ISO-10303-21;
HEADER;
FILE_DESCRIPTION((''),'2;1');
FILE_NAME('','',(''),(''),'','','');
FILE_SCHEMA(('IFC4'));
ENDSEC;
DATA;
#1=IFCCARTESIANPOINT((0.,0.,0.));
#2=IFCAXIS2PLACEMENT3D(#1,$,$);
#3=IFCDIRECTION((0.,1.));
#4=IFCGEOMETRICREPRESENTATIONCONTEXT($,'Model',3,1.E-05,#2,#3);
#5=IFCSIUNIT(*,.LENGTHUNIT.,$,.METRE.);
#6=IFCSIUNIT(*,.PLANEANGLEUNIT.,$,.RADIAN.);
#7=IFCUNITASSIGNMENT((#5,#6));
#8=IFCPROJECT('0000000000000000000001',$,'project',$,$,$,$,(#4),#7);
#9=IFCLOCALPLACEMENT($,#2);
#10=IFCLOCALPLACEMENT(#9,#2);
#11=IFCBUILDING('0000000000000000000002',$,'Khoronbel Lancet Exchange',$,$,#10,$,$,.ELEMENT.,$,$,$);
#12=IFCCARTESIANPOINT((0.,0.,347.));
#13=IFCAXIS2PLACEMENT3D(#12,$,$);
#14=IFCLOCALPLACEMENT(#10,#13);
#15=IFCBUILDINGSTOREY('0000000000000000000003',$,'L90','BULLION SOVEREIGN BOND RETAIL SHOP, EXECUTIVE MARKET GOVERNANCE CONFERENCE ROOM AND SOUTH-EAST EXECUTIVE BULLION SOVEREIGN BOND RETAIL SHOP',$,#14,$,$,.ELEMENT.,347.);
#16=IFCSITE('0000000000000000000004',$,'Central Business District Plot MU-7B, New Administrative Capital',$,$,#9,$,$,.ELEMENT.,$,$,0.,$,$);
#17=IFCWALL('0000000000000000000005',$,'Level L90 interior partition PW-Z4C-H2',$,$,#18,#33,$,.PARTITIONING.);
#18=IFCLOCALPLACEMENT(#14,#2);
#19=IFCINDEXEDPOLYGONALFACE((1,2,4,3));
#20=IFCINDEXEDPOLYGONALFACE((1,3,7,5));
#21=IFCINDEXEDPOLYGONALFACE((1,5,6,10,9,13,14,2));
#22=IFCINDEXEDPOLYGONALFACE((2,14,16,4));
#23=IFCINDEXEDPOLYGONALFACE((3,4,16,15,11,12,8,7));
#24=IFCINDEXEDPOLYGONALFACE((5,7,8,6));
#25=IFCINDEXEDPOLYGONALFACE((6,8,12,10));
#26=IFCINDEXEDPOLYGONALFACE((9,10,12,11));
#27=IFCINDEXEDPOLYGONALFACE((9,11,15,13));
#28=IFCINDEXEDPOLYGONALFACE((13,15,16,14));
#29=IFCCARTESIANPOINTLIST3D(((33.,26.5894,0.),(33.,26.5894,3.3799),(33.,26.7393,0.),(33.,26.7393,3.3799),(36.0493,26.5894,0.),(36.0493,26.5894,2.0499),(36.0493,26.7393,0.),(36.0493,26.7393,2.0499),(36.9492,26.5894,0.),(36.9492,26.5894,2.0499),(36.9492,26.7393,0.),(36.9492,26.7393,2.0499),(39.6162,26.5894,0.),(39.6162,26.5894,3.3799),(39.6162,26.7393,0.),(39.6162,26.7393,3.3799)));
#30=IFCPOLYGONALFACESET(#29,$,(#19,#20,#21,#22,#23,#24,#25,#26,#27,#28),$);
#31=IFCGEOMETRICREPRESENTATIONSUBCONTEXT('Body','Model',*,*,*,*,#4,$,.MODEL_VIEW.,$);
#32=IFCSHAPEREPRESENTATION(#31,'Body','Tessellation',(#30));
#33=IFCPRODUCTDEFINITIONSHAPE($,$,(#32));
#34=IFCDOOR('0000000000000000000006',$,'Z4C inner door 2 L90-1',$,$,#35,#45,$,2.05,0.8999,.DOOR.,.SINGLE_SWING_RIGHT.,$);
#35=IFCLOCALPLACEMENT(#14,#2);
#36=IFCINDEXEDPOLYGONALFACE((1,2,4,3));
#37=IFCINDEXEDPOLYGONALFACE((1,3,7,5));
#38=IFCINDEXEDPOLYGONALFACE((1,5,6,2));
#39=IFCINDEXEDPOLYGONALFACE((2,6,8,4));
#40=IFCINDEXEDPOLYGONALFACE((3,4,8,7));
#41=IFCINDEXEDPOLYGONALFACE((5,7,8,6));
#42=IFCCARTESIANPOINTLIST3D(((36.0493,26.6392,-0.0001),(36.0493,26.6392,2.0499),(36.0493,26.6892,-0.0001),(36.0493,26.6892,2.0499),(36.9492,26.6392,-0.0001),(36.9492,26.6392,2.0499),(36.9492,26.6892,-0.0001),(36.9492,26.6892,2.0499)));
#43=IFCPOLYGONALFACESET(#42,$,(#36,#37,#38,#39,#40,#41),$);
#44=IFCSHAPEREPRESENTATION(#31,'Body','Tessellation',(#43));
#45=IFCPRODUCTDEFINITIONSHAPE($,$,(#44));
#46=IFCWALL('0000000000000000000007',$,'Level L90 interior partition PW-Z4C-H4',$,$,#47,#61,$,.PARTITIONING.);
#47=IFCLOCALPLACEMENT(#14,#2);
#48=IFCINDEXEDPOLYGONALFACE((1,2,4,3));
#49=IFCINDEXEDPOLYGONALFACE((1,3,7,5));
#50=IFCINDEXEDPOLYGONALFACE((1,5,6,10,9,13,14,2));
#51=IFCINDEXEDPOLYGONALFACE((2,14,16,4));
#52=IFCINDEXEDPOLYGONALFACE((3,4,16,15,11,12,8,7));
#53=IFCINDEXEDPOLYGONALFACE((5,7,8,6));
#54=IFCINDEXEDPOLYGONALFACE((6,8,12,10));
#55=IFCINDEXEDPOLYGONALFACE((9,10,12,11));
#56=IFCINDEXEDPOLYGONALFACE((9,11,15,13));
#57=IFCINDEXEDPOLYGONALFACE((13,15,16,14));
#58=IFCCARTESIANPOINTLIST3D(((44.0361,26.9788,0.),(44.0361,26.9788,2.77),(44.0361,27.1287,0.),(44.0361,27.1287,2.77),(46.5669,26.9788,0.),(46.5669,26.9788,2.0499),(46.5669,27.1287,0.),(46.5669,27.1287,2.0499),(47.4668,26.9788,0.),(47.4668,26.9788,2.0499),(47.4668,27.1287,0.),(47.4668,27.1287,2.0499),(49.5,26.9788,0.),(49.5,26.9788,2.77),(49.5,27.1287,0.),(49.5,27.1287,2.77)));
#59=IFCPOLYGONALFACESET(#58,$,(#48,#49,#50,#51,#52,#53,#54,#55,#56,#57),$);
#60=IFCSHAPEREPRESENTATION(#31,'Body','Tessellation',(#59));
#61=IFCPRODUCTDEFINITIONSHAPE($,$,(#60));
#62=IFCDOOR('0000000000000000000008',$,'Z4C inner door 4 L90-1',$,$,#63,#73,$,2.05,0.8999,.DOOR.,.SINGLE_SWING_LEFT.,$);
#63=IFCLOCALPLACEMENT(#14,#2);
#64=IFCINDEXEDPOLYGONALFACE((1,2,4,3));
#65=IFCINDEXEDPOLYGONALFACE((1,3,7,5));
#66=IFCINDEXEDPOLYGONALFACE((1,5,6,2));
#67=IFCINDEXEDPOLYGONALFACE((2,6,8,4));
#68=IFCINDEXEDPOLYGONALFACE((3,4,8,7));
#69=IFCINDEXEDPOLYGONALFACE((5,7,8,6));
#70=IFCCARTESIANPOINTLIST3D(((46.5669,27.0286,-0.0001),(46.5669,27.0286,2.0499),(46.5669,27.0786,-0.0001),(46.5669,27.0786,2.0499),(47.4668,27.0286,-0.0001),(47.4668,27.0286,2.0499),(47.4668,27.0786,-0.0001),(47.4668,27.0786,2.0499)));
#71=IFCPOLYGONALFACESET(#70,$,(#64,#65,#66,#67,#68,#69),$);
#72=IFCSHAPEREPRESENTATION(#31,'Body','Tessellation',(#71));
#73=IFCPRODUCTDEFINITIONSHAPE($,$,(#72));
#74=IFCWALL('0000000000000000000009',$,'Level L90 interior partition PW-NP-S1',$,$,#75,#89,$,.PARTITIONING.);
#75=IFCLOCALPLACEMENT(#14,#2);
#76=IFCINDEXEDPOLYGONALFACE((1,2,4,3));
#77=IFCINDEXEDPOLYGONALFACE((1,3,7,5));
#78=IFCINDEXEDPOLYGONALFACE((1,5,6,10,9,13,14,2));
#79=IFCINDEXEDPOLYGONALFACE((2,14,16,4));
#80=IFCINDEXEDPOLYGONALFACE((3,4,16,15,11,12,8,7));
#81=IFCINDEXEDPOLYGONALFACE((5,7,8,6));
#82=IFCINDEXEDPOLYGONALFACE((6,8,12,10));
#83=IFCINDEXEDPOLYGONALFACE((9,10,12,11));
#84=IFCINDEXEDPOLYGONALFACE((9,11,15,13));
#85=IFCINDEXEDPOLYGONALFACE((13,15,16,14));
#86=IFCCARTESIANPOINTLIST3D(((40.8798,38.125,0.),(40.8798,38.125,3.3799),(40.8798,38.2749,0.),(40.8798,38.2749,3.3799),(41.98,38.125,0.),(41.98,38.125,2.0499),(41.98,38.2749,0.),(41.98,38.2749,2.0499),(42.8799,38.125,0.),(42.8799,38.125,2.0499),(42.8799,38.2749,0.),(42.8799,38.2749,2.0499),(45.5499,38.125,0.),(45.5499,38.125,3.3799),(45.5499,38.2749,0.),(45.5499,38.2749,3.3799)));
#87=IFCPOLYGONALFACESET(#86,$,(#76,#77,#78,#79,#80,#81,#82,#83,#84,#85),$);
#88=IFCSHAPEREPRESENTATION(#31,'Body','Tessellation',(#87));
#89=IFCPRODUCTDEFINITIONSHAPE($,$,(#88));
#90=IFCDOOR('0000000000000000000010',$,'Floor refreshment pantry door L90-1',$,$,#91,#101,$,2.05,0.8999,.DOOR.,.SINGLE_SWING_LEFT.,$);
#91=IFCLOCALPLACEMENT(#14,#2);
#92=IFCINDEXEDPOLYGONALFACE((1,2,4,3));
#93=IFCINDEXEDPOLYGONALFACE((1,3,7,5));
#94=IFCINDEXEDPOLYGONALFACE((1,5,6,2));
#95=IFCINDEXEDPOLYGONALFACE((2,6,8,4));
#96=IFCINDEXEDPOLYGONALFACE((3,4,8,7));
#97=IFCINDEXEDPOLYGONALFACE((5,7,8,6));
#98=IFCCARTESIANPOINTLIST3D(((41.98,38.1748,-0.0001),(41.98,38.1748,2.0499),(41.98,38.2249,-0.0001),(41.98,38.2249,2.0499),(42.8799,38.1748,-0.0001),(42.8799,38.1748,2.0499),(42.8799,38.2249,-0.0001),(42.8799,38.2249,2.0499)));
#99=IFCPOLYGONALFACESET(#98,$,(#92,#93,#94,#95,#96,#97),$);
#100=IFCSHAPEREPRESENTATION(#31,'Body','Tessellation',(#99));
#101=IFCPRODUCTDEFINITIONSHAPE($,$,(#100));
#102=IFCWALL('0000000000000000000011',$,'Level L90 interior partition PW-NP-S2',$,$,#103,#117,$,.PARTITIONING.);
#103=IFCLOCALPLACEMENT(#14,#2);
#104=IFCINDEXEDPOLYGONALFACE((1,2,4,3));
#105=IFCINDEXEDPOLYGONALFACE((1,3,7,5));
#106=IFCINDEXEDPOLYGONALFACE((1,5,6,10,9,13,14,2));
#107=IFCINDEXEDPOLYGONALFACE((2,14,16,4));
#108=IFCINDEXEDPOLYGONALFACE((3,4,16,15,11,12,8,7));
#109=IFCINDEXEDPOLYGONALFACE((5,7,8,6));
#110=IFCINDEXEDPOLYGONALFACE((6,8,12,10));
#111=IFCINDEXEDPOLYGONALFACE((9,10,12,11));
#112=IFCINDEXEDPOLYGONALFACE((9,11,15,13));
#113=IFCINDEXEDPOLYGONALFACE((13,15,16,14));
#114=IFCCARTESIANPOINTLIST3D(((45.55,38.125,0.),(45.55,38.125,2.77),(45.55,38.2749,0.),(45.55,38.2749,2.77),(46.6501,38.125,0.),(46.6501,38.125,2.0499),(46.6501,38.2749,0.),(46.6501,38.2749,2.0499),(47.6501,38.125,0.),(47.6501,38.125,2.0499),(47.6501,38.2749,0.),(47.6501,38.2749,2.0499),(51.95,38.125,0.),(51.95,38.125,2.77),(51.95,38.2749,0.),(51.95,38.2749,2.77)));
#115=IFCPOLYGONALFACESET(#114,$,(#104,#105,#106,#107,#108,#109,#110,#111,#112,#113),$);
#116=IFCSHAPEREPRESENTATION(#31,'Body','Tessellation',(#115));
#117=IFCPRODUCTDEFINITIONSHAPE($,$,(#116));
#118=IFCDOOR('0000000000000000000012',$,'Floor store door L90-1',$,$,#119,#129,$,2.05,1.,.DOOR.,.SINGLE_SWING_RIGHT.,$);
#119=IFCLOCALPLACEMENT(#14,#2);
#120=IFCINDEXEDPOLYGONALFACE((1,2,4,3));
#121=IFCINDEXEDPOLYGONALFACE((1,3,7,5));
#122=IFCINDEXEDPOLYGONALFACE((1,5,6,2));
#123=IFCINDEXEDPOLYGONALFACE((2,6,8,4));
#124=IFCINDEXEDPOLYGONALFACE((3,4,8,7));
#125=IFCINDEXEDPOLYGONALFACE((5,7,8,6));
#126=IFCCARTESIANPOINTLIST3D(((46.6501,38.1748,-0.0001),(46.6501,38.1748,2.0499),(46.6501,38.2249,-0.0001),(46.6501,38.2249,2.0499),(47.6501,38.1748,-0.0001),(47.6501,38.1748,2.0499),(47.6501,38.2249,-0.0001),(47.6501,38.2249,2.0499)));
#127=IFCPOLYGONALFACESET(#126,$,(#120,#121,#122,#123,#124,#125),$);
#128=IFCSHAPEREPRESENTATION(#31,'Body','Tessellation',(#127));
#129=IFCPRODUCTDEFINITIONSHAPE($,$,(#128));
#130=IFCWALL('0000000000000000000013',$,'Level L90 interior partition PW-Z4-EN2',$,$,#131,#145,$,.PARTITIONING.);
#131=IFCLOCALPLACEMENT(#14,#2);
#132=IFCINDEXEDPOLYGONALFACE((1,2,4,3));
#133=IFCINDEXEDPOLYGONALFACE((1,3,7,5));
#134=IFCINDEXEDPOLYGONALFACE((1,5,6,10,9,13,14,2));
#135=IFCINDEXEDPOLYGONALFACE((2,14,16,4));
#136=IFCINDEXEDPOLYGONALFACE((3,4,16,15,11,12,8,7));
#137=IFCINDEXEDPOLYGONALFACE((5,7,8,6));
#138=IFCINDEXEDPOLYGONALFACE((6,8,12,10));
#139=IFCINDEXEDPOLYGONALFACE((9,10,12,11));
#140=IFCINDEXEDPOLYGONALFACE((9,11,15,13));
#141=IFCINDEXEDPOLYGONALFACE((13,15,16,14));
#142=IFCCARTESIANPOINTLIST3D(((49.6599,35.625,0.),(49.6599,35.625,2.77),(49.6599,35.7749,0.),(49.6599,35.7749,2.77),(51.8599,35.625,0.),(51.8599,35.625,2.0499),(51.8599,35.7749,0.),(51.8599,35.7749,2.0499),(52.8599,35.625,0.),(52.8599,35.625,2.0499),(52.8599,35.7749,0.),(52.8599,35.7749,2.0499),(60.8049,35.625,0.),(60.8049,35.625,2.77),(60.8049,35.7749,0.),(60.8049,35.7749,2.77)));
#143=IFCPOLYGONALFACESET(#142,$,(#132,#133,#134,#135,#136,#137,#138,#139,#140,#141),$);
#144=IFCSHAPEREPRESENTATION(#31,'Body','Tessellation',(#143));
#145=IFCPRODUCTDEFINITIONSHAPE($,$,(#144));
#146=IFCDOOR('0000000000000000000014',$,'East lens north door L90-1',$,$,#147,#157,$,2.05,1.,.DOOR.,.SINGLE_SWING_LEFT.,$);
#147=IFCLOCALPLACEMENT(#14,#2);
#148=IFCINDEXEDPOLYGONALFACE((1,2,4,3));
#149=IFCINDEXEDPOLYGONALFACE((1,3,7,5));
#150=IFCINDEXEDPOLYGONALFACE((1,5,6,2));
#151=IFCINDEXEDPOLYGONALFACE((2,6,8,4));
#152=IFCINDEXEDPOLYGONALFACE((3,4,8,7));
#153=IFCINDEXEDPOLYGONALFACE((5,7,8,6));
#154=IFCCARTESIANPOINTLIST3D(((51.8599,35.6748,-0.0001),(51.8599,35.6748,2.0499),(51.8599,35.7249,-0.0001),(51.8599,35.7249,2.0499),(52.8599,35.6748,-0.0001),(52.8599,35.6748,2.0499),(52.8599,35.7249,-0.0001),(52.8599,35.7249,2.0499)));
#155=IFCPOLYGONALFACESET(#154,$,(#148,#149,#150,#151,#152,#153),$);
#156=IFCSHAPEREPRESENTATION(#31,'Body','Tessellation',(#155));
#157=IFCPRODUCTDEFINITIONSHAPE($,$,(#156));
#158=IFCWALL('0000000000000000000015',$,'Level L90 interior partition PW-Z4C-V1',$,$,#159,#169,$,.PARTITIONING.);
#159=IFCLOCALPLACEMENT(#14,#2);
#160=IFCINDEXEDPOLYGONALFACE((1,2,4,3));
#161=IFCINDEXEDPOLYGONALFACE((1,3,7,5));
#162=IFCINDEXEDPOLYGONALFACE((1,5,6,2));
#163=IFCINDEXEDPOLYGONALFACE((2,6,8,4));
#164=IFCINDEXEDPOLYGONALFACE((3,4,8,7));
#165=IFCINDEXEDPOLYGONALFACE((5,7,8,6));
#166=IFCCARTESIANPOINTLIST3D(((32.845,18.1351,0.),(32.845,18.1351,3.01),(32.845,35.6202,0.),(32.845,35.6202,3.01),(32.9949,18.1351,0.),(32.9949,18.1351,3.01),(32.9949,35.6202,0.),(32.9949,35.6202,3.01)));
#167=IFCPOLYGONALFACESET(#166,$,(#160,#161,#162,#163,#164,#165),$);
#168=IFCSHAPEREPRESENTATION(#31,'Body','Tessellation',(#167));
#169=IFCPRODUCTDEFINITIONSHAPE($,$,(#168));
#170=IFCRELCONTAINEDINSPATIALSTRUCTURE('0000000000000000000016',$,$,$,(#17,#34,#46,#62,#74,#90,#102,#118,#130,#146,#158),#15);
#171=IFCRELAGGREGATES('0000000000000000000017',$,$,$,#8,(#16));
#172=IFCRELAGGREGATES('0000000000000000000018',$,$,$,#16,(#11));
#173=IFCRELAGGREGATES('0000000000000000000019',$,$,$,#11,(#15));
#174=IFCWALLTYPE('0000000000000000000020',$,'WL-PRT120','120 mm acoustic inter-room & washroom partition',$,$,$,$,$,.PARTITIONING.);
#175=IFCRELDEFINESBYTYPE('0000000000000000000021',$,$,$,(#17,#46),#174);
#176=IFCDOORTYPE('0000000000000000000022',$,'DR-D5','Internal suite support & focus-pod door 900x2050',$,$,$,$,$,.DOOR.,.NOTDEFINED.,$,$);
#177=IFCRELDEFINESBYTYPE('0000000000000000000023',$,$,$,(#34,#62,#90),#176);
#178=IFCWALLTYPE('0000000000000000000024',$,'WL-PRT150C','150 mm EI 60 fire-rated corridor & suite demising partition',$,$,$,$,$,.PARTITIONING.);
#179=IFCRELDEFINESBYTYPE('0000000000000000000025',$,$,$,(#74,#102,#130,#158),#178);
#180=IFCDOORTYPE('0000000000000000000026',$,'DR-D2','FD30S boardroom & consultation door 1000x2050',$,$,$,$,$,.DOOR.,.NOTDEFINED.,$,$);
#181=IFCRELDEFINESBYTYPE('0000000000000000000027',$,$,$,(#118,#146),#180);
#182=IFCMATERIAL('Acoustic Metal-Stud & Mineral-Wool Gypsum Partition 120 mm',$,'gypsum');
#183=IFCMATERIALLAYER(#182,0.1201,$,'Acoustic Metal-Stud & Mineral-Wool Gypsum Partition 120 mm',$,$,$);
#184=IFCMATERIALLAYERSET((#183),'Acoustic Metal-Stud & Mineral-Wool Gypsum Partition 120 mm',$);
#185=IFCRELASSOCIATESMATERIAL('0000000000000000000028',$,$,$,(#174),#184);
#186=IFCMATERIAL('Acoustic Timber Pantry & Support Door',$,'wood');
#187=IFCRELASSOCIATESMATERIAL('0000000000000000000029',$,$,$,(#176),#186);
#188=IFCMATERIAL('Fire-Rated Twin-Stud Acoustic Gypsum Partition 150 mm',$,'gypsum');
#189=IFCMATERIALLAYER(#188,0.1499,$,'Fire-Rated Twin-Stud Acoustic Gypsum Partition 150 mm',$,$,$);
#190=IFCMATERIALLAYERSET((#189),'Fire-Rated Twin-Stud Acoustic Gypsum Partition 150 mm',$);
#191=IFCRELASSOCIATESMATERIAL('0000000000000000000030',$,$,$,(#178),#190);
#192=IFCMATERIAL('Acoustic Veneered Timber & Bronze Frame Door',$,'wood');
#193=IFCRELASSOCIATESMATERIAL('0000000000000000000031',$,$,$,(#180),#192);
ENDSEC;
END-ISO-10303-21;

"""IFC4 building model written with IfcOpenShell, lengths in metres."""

from ifc_helpers import new_model, si_unit, direction, frame, frame_2d, origin, place, context, subcontext, project, spatial, rectangle, extrude, material, layer, layer_set, type_object, element, fill, save


model = new_model("IFC4")

# Units and contexts
model_context = context("Model", 3, precision=1e-05, world=origin(), true_north=direction((0.0, 1.0)))
body_context = subcontext(model_context, "Body", "Model", "MODEL_VIEW")
ifc_project = project(units=[si_unit("LENGTHUNIT", "METRE"), si_unit("PLANEANGLEUNIT", "RADIAN")], contexts=[model_context])

# Site, building, storey
site_placement = place(None, origin())
site = spatial("IfcSite", under=ifc_project, at=site_placement, Name="Central Business District Plot MU-7B, New Administrative Capital", CompositionType="ELEMENT", RefElevation=0.0)
building_placement = place(site_placement, origin())
building = spatial("IfcBuilding", under=site, at=building_placement, Name="Khoronbel Lancet Exchange", CompositionType="ELEMENT")
storey_placement = place(building_placement, frame((0.0, 0.0, 347.0)))
storey = spatial("IfcBuildingStorey", under=building, at=storey_placement, Name="L90", Description="BULLION SOVEREIGN BOND RETAIL SHOP, EXECUTIVE MARKET GOVERNANCE CONFERENCE ROOM AND SOUTH-EAST EXECUTIVE BULLION SOVEREIGN BOND RETAIL SHOP", CompositionType="ELEMENT", Elevation=347.0)

# Walls, openings, doors
ifc_material_1 = material(Name="Acoustic Metal-Stud & Mineral-Wool Gypsum Partition 120 mm", Category="gypsum")
ifc_layer_1 = layer(ifc_material_1, 0.1201, Name="Acoustic Metal-Stud & Mineral-Wool Gypsum Partition 120 mm")
ifc_layer_set_1 = layer_set([ifc_layer_1], Name="Acoustic Metal-Stud & Mineral-Wool Gypsum Partition 120 mm")
wall_type_1 = type_object("IfcWallType", Name="WL-PRT120", Description="120 mm acoustic inter-room & washroom partition", PredefinedType="PARTITIONING", material=ifc_layer_set_1)
ifc_material_2 = material(Name="Acoustic Timber Pantry & Support Door", Category="wood")
door_type_1 = type_object("IfcDoorType", Name="DR-D5", Description="Internal suite support & focus-pod door 900x2050", OperationType="NOTDEFINED", PredefinedType="DOOR", material=ifc_material_2)
wall_1_placement = place(storey_placement, frame((33.0, 26.6643, 0.0), z_axis=(0.0, 0.0, 1.0), x_axis=(1.0, 0.0, 0.0)))
wall_1 = element("IfcWall", 1, at=wall_1_placement, inside=storey, type_object=wall_type_1, Name="Level L90 interior partition PW-Z4C-H2", PredefinedType="PARTITIONING", context=body_context, shape_type="SweptSolid", body=[
    extrude(rectangle(XDim=6.6162, YDim=0.1499, at=frame_2d((3.3081, 0.0))), origin(), (0.0, 0.0, 1.0), 3.3799),
])
opening_1_placement = place(wall_1_placement, frame((3.0493, 0.0, 0.0)))
opening_1 = element("IfcOpeningElement", 2, at=opening_1_placement, cuts=wall_1, PredefinedType="OPENING", context=body_context, shape_type="SweptSolid", body=[
    extrude(rectangle(XDim=0.8999, YDim=2.05, at=frame_2d((0.45, 1.0249))), frame((0.0, 0.085, 0.0), z_axis=(0.0, -1.0, 0.0), x_axis=(1.0, 0.0, 0.0)), (0.0, 0.0, 1.0), 0.1699),
])
door_1_placement = place(opening_1_placement, origin())
door_1 = element("IfcDoor", 3, at=door_1_placement, inside=storey, type_object=door_type_1, Name="Z4C inner door 2 L90-1", OperationType="SINGLE_SWING_RIGHT", OverallHeight=2.05, OverallWidth=0.8999, PredefinedType="DOOR", context=body_context, shape_type="SweptSolid", body=[
    extrude(rectangle(XDim=0.8999, YDim=2.05, at=frame_2d((0.45, 1.0249))), frame((0.0, 0.0249, 0.0), z_axis=(0.0, -1.0, 0.0), x_axis=(1.0, 0.0, 0.0)), (0.0, 0.0, 1.0), 0.05),
])
fill(opening_1, door_1)
wall_2_placement = place(storey_placement, frame((44.0361, 27.0537, 0.0), z_axis=(0.0, 0.0, 1.0), x_axis=(1.0, 0.0, 0.0)))
wall_2 = element("IfcWall", 4, at=wall_2_placement, inside=storey, type_object=wall_type_1, Name="Level L90 interior partition PW-Z4C-H4", PredefinedType="PARTITIONING", context=body_context, shape_type="SweptSolid", body=[
    extrude(rectangle(XDim=5.4639, YDim=0.1499, at=frame_2d((2.7319, 0.0))), origin(), (0.0, 0.0, 1.0), 2.77),
])
opening_2_placement = place(wall_2_placement, frame((2.5308, 0.0, 0.0)))
opening_2 = element("IfcOpeningElement", 5, at=opening_2_placement, cuts=wall_2, PredefinedType="OPENING", context=body_context, shape_type="SweptSolid", body=[
    extrude(rectangle(XDim=0.8999, YDim=2.05, at=frame_2d((0.45, 1.0249))), frame((0.0, 0.085, 0.0), z_axis=(0.0, -1.0, 0.0), x_axis=(1.0, 0.0, 0.0)), (0.0, 0.0, 1.0), 0.1699),
])
door_2_placement = place(opening_2_placement, origin())
door_2 = element("IfcDoor", 6, at=door_2_placement, inside=storey, type_object=door_type_1, Name="Z4C inner door 4 L90-1", OperationType="SINGLE_SWING_LEFT", OverallHeight=2.05, OverallWidth=0.8999, PredefinedType="DOOR", context=body_context, shape_type="SweptSolid", body=[
    extrude(rectangle(XDim=0.8999, YDim=2.05, at=frame_2d((0.45, 1.0249))), frame((0.0, 0.0249, 0.0), z_axis=(0.0, -1.0, 0.0), x_axis=(1.0, 0.0, 0.0)), (0.0, 0.0, 1.0), 0.05),
])
fill(opening_2, door_2)
ifc_material_3 = material(Name="Fire-Rated Twin-Stud Acoustic Gypsum Partition 150 mm", Category="gypsum")
ifc_layer_2 = layer(ifc_material_3, 0.1499, Name="Fire-Rated Twin-Stud Acoustic Gypsum Partition 150 mm")
ifc_layer_set_2 = layer_set([ifc_layer_2], Name="Fire-Rated Twin-Stud Acoustic Gypsum Partition 150 mm")
wall_type_2 = type_object("IfcWallType", Name="WL-PRT150C", Description="150 mm EI 60 fire-rated corridor & suite demising partition", PredefinedType="PARTITIONING", material=ifc_layer_set_2)
wall_3_placement = place(storey_placement, frame((40.8799, 38.2, 0.0), z_axis=(0.0, 0.0, 1.0), x_axis=(1.0, 0.0, 0.0)))
wall_3 = element("IfcWall", 7, at=wall_3_placement, inside=storey, type_object=wall_type_2, Name="Level L90 interior partition PW-NP-S1", PredefinedType="PARTITIONING", context=body_context, shape_type="SweptSolid", body=[
    extrude(rectangle(XDim=4.6702, YDim=0.1499, at=frame_2d((2.335, 0.0))), origin(), (0.0, 0.0, 1.0), 3.3799),
])
opening_3_placement = place(wall_3_placement, frame((1.1001, 0.0, 0.0)))
opening_3 = element("IfcOpeningElement", 8, at=opening_3_placement, cuts=wall_3, PredefinedType="OPENING", context=body_context, shape_type="SweptSolid", body=[
    extrude(rectangle(XDim=0.8999, YDim=2.05, at=frame_2d((0.45, 1.0249))), frame((0.0, 0.085, 0.0), z_axis=(0.0, -1.0, 0.0), x_axis=(1.0, 0.0, 0.0)), (0.0, 0.0, 1.0), 0.1699),
])
door_3_placement = place(opening_3_placement, origin())
door_3 = element("IfcDoor", 9, at=door_3_placement, inside=storey, type_object=door_type_1, Name="Floor refreshment pantry door L90-1", OperationType="SINGLE_SWING_LEFT", OverallHeight=2.05, OverallWidth=0.8999, PredefinedType="DOOR", context=body_context, shape_type="SweptSolid", body=[
    extrude(rectangle(XDim=0.8999, YDim=2.05, at=frame_2d((0.45, 1.0249))), frame((0.0, 0.0249, 0.0), z_axis=(0.0, -1.0, 0.0), x_axis=(1.0, 0.0, 0.0)), (0.0, 0.0, 1.0), 0.05),
])
fill(opening_3, door_3)
wall_4_placement = place(storey_placement, frame((45.55, 38.2, 0.0), z_axis=(0.0, 0.0, 1.0), x_axis=(1.0, 0.0, 0.0)))
wall_4 = element("IfcWall", 10, at=wall_4_placement, inside=storey, type_object=wall_type_2, Name="Level L90 interior partition PW-NP-S2", PredefinedType="PARTITIONING", context=body_context, shape_type="SweptSolid", body=[
    extrude(rectangle(XDim=6.3999, YDim=0.1499, at=frame_2d((3.2, 0.0))), origin(), (0.0, 0.0, 1.0), 2.77),
])
opening_4_placement = place(wall_4_placement, frame((1.1001, 0.0, 0.0)))
opening_4 = element("IfcOpeningElement", 11, at=opening_4_placement, cuts=wall_4, PredefinedType="OPENING", context=body_context, shape_type="SweptSolid", body=[
    extrude(rectangle(XDim=1.0, YDim=2.05, at=frame_2d((0.5, 1.0249))), frame((0.0, 0.085, 0.0), z_axis=(0.0, -1.0, 0.0), x_axis=(1.0, 0.0, 0.0)), (0.0, 0.0, 1.0), 0.1699),
])
ifc_material_4 = material(Name="Acoustic Veneered Timber & Bronze Frame Door", Category="wood")
door_type_2 = type_object("IfcDoorType", Name="DR-D2", Description="FD30S boardroom & consultation door 1000x2050", OperationType="NOTDEFINED", PredefinedType="DOOR", material=ifc_material_4)
door_4_placement = place(opening_4_placement, origin())
door_4 = element("IfcDoor", 12, at=door_4_placement, inside=storey, type_object=door_type_2, Name="Floor store door L90-1", OperationType="SINGLE_SWING_RIGHT", OverallHeight=2.05, OverallWidth=1.0, PredefinedType="DOOR", context=body_context, shape_type="SweptSolid", body=[
    extrude(rectangle(XDim=1.0, YDim=2.05, at=frame_2d((0.5, 1.0249))), frame((0.0, 0.0249, 0.0), z_axis=(0.0, -1.0, 0.0), x_axis=(1.0, 0.0, 0.0)), (0.0, 0.0, 1.0), 0.05),
])
fill(opening_4, door_4)
wall_5_placement = place(storey_placement, frame((49.6599, 35.7, 0.0), z_axis=(0.0, 0.0, 1.0), x_axis=(1.0, 0.0, 0.0)))
wall_5 = element("IfcWall", 13, at=wall_5_placement, inside=storey, type_object=wall_type_2, Name="Level L90 interior partition PW-Z4-EN2", PredefinedType="PARTITIONING", context=body_context, shape_type="SweptSolid", body=[
    extrude(rectangle(XDim=11.145, YDim=0.1499, at=frame_2d((5.5725, 0.0))), origin(), (0.0, 0.0, 1.0), 2.77),
])
opening_5_placement = place(wall_5_placement, frame((2.2, 0.0, 0.0)))
opening_5 = element("IfcOpeningElement", 14, at=opening_5_placement, cuts=wall_5, PredefinedType="OPENING", context=body_context, shape_type="SweptSolid", body=[
    extrude(rectangle(XDim=1.0, YDim=2.05, at=frame_2d((0.5, 1.0249))), frame((0.0, 0.085, 0.0), z_axis=(0.0, -1.0, 0.0), x_axis=(1.0, 0.0, 0.0)), (0.0, 0.0, 1.0), 0.1699),
])
door_5_placement = place(opening_5_placement, origin())
door_5 = element("IfcDoor", 15, at=door_5_placement, inside=storey, type_object=door_type_2, Name="East lens north door L90-1", OperationType="SINGLE_SWING_LEFT", OverallHeight=2.05, OverallWidth=1.0, PredefinedType="DOOR", context=body_context, shape_type="SweptSolid", body=[
    extrude(rectangle(XDim=1.0, YDim=2.05, at=frame_2d((0.5, 1.0249))), frame((0.0, 0.0249, 0.0), z_axis=(0.0, -1.0, 0.0), x_axis=(1.0, 0.0, 0.0)), (0.0, 0.0, 1.0), 0.05),
])
fill(opening_5, door_5)

# Wall
for number, where, z_axis, x_axis, name in (
    (16, (32.9199, 18.135, 0.0), (0.0, 0.0, 1.0), (0.0, 1.0, 0.0), "Level L90 interior partition PW-Z4C-V1"),
):
    element("IfcWall", number, at=place(storey_placement, frame(where, z_axis=z_axis, x_axis=x_axis)), inside=storey, type_object=wall_type_2, Name=name, PredefinedType="PARTITIONING", context=body_context, shape_type="SweptSolid", body=[
        extrude(rectangle(XDim=17.4851, YDim=0.1499, at=frame_2d((8.7427, 0.0))), origin(), (0.0, 0.0, 1.0), 3.01),
    ])

save(model, "model.ifc")
